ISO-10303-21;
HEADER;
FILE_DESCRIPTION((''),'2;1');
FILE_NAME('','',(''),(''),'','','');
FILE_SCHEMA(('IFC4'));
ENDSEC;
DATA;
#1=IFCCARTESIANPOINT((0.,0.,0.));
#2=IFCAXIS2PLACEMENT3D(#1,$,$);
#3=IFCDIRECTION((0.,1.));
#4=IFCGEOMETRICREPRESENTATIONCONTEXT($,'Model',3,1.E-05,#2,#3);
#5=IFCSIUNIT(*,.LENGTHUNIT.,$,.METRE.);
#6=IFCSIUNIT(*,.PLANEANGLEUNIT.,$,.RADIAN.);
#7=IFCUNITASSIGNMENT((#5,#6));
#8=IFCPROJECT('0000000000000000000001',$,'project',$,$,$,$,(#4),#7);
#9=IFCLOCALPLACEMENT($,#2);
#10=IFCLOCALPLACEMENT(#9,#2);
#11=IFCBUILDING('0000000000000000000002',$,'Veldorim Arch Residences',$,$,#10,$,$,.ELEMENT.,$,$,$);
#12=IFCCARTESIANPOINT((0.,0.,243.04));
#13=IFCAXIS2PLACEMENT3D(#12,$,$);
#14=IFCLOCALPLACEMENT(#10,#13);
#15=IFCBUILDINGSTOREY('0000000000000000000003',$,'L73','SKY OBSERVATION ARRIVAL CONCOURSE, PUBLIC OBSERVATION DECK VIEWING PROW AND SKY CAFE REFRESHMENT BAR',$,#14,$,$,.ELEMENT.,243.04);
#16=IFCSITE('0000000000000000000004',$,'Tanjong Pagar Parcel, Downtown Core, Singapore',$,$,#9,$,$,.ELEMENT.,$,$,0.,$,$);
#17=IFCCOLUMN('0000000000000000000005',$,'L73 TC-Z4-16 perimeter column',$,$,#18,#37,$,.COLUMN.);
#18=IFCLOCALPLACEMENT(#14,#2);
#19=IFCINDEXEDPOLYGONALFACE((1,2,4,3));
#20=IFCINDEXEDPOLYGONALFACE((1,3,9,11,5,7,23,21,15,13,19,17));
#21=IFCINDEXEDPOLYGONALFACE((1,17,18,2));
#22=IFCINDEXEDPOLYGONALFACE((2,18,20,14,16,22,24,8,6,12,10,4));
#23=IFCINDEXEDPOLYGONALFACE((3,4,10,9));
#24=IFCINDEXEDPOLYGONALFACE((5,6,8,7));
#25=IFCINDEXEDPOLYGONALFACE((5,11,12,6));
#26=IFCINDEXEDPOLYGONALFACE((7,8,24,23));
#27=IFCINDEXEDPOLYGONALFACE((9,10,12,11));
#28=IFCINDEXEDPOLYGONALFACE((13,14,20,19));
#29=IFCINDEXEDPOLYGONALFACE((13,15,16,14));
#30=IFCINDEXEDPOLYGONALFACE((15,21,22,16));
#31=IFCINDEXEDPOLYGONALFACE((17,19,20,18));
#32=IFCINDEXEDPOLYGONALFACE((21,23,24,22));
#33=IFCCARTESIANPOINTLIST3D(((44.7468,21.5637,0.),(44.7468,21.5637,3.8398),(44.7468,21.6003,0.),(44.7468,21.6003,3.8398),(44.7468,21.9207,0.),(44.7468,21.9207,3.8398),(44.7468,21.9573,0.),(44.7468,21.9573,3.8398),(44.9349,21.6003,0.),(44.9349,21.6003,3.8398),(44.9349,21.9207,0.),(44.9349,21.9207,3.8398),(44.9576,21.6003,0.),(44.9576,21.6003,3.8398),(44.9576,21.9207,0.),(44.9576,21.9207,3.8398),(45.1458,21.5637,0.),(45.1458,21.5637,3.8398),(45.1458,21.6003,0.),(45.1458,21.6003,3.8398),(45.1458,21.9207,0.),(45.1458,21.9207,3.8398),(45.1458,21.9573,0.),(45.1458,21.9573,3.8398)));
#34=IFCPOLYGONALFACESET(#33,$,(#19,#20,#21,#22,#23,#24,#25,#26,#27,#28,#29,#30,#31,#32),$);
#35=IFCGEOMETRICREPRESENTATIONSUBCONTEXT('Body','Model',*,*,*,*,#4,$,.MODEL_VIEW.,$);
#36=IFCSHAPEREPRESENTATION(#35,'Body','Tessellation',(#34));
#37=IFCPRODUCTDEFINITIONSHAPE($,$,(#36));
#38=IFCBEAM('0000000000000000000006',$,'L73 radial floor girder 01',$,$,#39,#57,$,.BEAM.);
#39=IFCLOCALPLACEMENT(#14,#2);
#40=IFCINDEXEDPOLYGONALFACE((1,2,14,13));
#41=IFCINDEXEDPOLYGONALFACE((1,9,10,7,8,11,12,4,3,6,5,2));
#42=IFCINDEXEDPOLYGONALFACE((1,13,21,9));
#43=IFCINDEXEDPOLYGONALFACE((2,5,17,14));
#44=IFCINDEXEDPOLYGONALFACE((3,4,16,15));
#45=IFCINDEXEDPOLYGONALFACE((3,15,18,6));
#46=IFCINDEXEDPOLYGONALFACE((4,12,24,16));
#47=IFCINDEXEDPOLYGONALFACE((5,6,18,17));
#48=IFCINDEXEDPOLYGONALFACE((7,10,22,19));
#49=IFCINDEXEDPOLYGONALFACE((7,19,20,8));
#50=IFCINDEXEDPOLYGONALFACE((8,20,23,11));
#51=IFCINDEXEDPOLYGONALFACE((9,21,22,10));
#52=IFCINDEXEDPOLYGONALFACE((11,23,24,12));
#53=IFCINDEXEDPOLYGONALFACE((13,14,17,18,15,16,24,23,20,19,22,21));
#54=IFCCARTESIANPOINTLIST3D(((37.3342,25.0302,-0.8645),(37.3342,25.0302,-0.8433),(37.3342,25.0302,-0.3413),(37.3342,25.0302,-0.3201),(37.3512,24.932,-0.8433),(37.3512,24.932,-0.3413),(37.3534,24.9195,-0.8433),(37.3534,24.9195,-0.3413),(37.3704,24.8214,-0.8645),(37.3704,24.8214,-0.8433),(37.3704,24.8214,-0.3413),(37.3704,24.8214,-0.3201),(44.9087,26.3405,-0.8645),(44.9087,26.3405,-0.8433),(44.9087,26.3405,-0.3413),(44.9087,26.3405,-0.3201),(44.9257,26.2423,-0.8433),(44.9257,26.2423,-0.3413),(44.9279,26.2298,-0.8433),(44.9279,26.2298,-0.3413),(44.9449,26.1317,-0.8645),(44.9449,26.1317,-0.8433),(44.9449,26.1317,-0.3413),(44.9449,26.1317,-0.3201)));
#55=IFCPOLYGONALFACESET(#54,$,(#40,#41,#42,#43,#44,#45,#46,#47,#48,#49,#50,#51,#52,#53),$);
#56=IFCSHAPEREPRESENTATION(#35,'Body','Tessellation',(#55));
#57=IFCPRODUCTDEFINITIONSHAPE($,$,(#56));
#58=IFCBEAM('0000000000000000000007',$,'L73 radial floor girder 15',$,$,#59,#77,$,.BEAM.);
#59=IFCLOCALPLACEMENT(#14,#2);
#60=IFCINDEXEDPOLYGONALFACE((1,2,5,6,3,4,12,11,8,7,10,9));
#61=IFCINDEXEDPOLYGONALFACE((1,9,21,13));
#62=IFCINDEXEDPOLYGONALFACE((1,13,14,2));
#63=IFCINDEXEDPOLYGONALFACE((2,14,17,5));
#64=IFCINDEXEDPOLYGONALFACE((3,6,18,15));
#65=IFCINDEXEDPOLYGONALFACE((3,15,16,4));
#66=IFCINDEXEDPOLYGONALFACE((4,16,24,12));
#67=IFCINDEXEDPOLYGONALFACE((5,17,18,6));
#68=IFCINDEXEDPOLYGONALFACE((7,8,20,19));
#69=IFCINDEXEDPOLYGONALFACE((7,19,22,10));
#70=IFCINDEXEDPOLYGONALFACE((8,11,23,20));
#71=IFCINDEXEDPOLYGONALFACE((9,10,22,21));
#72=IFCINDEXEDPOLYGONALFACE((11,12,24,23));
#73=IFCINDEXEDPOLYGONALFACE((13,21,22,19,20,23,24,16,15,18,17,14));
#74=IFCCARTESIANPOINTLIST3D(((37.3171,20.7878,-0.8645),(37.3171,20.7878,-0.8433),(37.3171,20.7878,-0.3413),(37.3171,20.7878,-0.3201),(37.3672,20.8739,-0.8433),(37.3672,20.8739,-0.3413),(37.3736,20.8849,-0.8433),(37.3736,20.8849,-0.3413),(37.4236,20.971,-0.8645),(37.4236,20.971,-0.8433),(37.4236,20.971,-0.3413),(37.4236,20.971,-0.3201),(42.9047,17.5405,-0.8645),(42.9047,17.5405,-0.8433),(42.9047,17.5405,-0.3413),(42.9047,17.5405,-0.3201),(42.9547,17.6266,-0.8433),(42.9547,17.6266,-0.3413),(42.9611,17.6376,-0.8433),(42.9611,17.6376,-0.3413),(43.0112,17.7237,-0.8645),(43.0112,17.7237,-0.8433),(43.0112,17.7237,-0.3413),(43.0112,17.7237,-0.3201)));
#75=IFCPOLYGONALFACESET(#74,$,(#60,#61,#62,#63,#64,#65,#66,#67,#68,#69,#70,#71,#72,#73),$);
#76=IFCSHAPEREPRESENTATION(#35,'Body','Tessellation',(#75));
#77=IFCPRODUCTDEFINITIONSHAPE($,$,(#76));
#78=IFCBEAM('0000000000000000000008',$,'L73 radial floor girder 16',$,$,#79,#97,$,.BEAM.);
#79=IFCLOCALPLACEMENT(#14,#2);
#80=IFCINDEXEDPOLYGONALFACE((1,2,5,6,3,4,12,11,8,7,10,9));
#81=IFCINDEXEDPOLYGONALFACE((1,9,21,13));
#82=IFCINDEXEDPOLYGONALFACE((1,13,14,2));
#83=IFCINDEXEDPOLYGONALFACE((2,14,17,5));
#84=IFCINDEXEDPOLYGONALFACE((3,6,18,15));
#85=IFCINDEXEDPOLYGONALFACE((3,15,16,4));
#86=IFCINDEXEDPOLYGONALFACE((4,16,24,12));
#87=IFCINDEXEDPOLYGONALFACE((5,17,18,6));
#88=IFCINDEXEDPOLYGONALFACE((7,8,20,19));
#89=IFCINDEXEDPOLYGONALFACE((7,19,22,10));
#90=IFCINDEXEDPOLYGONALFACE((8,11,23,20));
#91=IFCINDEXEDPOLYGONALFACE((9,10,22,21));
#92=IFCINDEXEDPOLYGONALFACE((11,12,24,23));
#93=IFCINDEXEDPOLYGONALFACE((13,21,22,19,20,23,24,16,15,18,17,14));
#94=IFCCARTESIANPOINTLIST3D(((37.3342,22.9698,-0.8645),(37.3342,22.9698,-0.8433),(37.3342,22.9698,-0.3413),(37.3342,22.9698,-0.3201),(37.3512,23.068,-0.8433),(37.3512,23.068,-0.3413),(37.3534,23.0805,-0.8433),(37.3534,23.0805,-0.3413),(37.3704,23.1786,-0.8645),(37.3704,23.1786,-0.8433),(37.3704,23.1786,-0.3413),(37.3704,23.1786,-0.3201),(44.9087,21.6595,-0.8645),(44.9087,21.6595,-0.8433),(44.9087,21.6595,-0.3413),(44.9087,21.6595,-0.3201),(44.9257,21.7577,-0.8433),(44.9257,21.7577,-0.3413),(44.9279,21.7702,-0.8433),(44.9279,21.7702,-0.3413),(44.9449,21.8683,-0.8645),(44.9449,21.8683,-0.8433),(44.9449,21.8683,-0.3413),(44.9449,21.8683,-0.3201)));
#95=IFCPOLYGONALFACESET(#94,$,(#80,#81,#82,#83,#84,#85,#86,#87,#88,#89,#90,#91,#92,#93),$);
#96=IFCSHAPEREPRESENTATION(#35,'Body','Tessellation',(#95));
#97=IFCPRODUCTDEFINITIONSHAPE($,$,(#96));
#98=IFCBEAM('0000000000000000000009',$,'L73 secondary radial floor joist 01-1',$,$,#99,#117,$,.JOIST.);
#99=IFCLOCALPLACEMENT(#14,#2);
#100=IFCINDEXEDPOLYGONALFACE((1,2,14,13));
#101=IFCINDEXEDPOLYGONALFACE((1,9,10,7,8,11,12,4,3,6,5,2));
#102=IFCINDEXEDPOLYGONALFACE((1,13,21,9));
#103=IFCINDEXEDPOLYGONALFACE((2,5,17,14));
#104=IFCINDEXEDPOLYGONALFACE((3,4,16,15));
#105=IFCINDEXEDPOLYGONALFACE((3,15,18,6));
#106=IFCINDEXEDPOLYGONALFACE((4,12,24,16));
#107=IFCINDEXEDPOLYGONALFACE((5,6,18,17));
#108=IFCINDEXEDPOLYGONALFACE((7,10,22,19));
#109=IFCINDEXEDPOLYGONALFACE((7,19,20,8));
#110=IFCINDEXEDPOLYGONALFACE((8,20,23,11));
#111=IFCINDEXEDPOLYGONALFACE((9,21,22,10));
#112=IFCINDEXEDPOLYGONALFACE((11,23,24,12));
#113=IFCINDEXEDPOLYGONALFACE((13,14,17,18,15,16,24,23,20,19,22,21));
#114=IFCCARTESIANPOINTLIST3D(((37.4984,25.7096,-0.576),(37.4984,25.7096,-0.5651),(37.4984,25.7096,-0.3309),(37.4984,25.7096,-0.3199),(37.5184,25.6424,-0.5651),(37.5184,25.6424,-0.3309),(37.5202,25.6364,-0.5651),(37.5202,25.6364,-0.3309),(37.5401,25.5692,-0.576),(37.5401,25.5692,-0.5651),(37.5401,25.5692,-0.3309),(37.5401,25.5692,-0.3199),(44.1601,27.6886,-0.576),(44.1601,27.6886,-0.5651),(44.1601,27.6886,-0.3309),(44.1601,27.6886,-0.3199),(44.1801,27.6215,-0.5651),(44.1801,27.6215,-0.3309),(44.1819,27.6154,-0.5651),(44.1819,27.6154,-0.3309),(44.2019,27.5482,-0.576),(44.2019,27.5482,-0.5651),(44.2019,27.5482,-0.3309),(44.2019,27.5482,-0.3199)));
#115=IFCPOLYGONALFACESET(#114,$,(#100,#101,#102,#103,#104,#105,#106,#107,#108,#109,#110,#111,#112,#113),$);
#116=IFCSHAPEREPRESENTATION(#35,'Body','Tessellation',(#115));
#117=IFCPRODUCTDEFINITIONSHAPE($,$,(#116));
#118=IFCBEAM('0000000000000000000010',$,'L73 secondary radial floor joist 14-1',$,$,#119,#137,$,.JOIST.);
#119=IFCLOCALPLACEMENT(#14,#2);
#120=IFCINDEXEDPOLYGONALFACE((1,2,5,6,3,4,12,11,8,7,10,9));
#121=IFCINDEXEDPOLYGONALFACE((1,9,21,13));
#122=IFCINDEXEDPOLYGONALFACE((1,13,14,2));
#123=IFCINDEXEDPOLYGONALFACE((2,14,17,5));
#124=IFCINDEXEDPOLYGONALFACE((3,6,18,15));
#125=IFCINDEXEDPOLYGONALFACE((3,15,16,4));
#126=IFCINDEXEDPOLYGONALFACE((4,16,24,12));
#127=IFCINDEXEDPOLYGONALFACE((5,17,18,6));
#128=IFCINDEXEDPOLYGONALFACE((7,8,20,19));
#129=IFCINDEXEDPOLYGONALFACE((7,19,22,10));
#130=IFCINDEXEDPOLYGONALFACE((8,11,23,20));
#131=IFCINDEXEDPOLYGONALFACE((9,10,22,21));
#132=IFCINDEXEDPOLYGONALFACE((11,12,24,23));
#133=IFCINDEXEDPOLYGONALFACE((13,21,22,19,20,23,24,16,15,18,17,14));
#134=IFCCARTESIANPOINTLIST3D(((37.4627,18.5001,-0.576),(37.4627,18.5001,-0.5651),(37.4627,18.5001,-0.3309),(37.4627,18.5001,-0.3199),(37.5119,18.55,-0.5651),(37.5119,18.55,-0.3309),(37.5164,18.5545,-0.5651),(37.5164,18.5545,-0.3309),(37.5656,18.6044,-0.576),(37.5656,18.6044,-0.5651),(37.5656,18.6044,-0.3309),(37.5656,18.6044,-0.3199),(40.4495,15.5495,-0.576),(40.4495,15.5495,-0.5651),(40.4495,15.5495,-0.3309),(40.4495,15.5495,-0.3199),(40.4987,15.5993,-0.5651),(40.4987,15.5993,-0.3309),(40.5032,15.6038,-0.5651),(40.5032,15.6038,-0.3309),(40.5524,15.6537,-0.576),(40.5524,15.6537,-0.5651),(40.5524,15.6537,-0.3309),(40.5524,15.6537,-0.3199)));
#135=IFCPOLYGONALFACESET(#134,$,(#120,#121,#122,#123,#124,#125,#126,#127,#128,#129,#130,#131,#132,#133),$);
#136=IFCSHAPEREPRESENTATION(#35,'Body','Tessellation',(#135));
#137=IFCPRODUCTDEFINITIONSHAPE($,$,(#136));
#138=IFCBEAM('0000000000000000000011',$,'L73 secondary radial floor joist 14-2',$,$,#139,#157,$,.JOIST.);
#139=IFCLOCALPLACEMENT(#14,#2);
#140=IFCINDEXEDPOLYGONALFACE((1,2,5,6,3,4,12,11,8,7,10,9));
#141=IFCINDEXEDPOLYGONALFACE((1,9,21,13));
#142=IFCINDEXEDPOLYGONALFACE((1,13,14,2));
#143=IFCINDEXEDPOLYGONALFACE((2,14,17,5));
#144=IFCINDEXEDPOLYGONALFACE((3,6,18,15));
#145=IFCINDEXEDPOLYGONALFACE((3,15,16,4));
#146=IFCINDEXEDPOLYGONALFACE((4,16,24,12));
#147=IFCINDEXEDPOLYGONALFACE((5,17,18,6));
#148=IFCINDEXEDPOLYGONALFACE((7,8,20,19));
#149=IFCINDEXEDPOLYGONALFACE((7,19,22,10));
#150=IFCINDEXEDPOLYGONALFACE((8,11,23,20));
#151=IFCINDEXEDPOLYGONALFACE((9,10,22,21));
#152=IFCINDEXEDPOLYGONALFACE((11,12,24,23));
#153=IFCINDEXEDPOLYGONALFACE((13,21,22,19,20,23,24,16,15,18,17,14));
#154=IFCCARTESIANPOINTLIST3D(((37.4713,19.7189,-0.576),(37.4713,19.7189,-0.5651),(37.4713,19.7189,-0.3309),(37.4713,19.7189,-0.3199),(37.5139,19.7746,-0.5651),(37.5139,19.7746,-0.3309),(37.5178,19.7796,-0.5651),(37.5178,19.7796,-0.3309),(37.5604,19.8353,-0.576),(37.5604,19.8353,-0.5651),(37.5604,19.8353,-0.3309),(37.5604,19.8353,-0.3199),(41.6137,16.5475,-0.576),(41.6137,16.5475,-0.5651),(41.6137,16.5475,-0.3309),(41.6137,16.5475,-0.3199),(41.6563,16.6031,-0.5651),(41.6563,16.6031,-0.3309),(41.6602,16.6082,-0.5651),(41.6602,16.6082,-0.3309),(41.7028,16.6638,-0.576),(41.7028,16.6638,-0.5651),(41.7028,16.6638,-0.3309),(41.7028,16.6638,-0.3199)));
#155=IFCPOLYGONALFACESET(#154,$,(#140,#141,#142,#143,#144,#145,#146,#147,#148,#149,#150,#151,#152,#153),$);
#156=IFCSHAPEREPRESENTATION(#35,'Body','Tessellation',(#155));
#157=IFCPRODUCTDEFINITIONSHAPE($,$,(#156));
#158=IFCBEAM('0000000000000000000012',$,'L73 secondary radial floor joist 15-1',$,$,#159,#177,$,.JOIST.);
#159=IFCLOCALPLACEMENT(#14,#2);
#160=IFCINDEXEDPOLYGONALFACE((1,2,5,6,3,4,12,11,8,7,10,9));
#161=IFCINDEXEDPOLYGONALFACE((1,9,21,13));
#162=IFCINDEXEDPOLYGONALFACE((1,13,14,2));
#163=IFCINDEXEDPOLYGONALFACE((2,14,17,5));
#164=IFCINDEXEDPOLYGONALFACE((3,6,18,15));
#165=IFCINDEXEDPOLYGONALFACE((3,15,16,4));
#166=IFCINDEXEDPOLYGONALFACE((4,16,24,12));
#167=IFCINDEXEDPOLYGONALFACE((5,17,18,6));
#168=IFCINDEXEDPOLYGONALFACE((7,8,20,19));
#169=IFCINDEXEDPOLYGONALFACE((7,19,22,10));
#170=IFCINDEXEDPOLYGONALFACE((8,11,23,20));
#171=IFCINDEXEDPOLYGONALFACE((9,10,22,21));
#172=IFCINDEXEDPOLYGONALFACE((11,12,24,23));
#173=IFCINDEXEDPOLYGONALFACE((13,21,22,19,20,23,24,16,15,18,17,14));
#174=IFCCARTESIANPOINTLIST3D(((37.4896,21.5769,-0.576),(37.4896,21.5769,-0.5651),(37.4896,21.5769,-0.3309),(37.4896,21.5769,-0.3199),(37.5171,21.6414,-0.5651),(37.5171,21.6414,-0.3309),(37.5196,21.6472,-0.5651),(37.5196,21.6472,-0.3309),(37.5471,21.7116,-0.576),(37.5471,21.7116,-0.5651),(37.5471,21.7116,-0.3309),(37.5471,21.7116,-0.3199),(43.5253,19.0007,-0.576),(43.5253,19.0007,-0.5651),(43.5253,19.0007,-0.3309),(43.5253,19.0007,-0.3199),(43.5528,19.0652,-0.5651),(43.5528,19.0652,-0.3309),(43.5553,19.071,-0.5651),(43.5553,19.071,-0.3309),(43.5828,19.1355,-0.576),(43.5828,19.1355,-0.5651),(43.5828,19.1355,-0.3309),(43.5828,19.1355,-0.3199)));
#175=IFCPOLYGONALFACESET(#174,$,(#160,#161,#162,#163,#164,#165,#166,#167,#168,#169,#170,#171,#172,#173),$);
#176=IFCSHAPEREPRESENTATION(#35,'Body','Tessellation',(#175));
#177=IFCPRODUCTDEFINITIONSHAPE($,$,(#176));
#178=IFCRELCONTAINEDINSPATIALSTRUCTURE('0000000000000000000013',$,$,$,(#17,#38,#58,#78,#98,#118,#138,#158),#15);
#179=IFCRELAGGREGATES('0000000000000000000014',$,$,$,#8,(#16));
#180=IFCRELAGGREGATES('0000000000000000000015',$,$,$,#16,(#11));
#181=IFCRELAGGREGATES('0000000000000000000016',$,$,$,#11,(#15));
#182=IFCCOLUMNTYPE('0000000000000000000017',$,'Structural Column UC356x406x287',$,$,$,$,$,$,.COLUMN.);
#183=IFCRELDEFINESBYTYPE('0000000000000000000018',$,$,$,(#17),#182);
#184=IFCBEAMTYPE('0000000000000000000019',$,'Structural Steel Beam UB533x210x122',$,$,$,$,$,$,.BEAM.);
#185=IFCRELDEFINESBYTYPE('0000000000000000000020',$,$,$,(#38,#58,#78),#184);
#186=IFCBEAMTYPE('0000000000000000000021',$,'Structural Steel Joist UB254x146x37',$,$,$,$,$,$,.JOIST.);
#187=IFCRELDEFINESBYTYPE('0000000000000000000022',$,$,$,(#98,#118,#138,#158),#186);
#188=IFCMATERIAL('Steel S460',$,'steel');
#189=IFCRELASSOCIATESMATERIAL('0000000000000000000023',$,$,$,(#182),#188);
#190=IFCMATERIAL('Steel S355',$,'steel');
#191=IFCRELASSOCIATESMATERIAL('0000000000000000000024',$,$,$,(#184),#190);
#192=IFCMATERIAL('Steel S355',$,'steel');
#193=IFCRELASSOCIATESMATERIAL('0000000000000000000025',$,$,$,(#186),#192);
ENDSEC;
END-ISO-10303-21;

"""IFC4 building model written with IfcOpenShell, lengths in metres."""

from ifc_helpers import new_model, si_unit, direction, frame, origin, origin_2d, place, context, subcontext, project, spatial, i_section, extrude, material, material_profile, profile_set, type_object, element, save


model = new_model("IFC4")

# Units and contexts
model_context = context("Model", 3, precision=1e-05, world=origin(), true_north=direction((0.0, 1.0)))
body_context = subcontext(model_context, "Body", "Model", "MODEL_VIEW")
ifc_project = project(units=[si_unit("LENGTHUNIT", "METRE"), si_unit("PLANEANGLEUNIT", "RADIAN")], contexts=[model_context])

# Site, building, storey
site_placement = place(None, origin())
site = spatial("IfcSite", under=ifc_project, at=site_placement, Name="Tanjong Pagar Parcel, Downtown Core, Singapore", CompositionType="ELEMENT", RefElevation=0.0)
building_placement = place(site_placement, origin())
building = spatial("IfcBuilding", under=site, at=building_placement, Name="Veldorim Arch Residences", CompositionType="ELEMENT")
storey_placement = place(building_placement, frame((0.0, 0.0, 243.04)))
storey = spatial("IfcBuildingStorey", under=building, at=storey_placement, Name="L73", Description="SKY OBSERVATION ARRIVAL CONCOURSE, PUBLIC OBSERVATION DECK VIEWING PROW AND SKY CAFE REFRESHMENT BAR", CompositionType="ELEMENT", Elevation=243.04)

# Column
ifc_material_1 = material(Name="Steel S460", Category="steel")
ifc_material_profile_1 = material_profile(ifc_material_1, i_section(OverallWidth=0.3989, OverallDepth=0.3936, WebThickness=0.0227, FlangeThickness=0.0366, at=origin_2d()), Name="UC356x406x287")
ifc_profile_set_1 = profile_set([ifc_material_profile_1], Name="Steel S460")
column_type = type_object("IfcColumnType", Name="Structural Column UC356x406x287", PredefinedType="COLUMN", material=ifc_profile_set_1)
column_placement = place(storey_placement, frame((44.9463, 21.7605, 0.0), z_axis=(0.0, 0.0, 1.0), x_axis=(1.0, 0.0, 0.0)))
element("IfcColumn", 1, at=column_placement, inside=storey, type_object=column_type, Name="L73 TC-Z4-16 perimeter column", PredefinedType="COLUMN", context=body_context, shape_type="SweptSolid", body=[
    extrude(i_section(OverallWidth=0.3989, OverallDepth=0.3936, WebThickness=0.0227, FlangeThickness=0.0366, at=origin_2d()), origin(), (0.0, 0.0, 1.0), 3.8398),
])

# Beams
ifc_material_2 = material(Name="Steel S355", Category="steel")
ifc_material_profile_2 = material_profile(ifc_material_2, i_section(OverallWidth=0.2119, OverallDepth=0.5444, WebThickness=0.0127, FlangeThickness=0.0212, at=origin_2d()), Name="UB533x210x122")
ifc_profile_set_2 = profile_set([ifc_material_profile_2], Name="Steel S355")
beam_type_1 = type_object("IfcBeamType", Name="Structural Steel Beam UB533x210x122", PredefinedType="BEAM", material=ifc_profile_set_2)
beam_1_placement = place(storey_placement, frame((37.3523, 24.9258, -0.5923), z_axis=(0.985365, 0.170458, 0.0), x_axis=(-0.170458, 0.985365, 0.0)))
element("IfcBeam", 2, at=beam_1_placement, inside=storey, type_object=beam_type_1, Name="L73 radial floor girder 01", PredefinedType="BEAM", context=body_context, shape_type="SweptSolid", body=[
    extrude(i_section(OverallWidth=0.2119, OverallDepth=0.5444, WebThickness=0.0127, FlangeThickness=0.0212, at=origin_2d()), origin(), (0.0, 0.0, 1.0), 7.687),
])
beam_2_placement = place(storey_placement, frame((37.3704, 20.8794, -0.5923), z_axis=(0.864596, -0.502468, 0.0), x_axis=(0.502468, 0.864596, 0.0)))
element("IfcBeam", 3, at=beam_2_placement, inside=storey, type_object=beam_type_1, Name="L73 radial floor girder 15", PredefinedType="BEAM", context=body_context, shape_type="SweptSolid", body=[
    extrude(i_section(OverallWidth=0.2119, OverallDepth=0.5444, WebThickness=0.0127, FlangeThickness=0.0212, at=origin_2d()), origin(), (0.0, 0.0, 1.0), 6.4626),
])
beam_3_placement = place(storey_placement, frame((37.3523, 23.0742, -0.5923), z_axis=(0.985365, -0.170458, 0.0), x_axis=(0.170458, 0.985365, 0.0)))
element("IfcBeam", 4, at=beam_3_placement, inside=storey, type_object=beam_type_1, Name="L73 radial floor girder 16", PredefinedType="BEAM", context=body_context, shape_type="SweptSolid", body=[
    extrude(i_section(OverallWidth=0.2119, OverallDepth=0.5444, WebThickness=0.0127, FlangeThickness=0.0212, at=origin_2d()), origin(), (0.0, 0.0, 1.0), 7.687),
])
ifc_material_3 = material(Name="Steel S355", Category="steel")
ifc_material_profile_3 = material_profile(ifc_material_3, i_section(OverallWidth=0.1465, OverallDepth=0.2561, WebThickness=0.0063, FlangeThickness=0.011, at=origin_2d()), Name="UB254x146x37")
ifc_profile_set_3 = profile_set([ifc_material_profile_3], Name="Steel S355")
beam_type_2 = type_object("IfcBeamType", Name="Structural Steel Joist UB254x146x37", PredefinedType="JOIST", material=ifc_profile_set_3)
beam_4_placement = place(storey_placement, frame((37.5193, 25.6394, -0.448), z_axis=(0.958594, 0.284775, 0.0), x_axis=(-0.284775, 0.958594, 0.0)))
element("IfcBeam", 5, at=beam_4_placement, inside=storey, type_object=beam_type_2, Name="L73 secondary radial floor joist 01-1", PredefinedType="JOIST", context=body_context, shape_type="SweptSolid", body=[
    extrude(i_section(OverallWidth=0.1465, OverallDepth=0.2561, WebThickness=0.0063, FlangeThickness=0.011, at=origin_2d()), origin(), (0.0, 0.0, 1.0), 6.9495),
])
beam_5_placement = place(storey_placement, frame((37.5142, 18.5522, -0.448), z_axis=(0.711397, -0.702791, 0.0), x_axis=(0.702791, 0.711397, 0.0)))
element("IfcBeam", 6, at=beam_5_placement, inside=storey, type_object=beam_type_2, Name="L73 secondary radial floor joist 14-1", PredefinedType="JOIST", context=body_context, shape_type="SweptSolid", body=[
    extrude(i_section(OverallWidth=0.1465, OverallDepth=0.2561, WebThickness=0.0063, FlangeThickness=0.011, at=origin_2d()), origin(), (0.0, 0.0, 1.0), 4.1985),
])
beam_6_placement = place(storey_placement, frame((37.5159, 19.7771, -0.448), z_axis=(0.794014, -0.6079, 0.0), x_axis=(0.6079, 0.794014, 0.0)))
element("IfcBeam", 7, at=beam_6_placement, inside=storey, type_object=beam_type_2, Name="L73 secondary radial floor joist 14-2", PredefinedType="JOIST", context=body_context, shape_type="SweptSolid", body=[
    extrude(i_section(OverallWidth=0.1465, OverallDepth=0.2561, WebThickness=0.0063, FlangeThickness=0.011, at=origin_2d()), origin(), (0.0, 0.0, 1.0), 5.217),
])
beam_7_placement = place(storey_placement, frame((37.5183, 21.6443, -0.448), z_axis=(0.919725, -0.392563, 0.0), x_axis=(0.392563, 0.919725, 0.0)))
element("IfcBeam", 8, at=beam_7_placement, inside=storey, type_object=beam_type_2, Name="L73 secondary radial floor joist 15-1", PredefinedType="JOIST", context=body_context, shape_type="SweptSolid", body=[
    extrude(i_section(OverallWidth=0.1465, OverallDepth=0.2561, WebThickness=0.0063, FlangeThickness=0.011, at=origin_2d()), origin(), (0.0, 0.0, 1.0), 6.5625),
])

save(model, "model.ifc")
